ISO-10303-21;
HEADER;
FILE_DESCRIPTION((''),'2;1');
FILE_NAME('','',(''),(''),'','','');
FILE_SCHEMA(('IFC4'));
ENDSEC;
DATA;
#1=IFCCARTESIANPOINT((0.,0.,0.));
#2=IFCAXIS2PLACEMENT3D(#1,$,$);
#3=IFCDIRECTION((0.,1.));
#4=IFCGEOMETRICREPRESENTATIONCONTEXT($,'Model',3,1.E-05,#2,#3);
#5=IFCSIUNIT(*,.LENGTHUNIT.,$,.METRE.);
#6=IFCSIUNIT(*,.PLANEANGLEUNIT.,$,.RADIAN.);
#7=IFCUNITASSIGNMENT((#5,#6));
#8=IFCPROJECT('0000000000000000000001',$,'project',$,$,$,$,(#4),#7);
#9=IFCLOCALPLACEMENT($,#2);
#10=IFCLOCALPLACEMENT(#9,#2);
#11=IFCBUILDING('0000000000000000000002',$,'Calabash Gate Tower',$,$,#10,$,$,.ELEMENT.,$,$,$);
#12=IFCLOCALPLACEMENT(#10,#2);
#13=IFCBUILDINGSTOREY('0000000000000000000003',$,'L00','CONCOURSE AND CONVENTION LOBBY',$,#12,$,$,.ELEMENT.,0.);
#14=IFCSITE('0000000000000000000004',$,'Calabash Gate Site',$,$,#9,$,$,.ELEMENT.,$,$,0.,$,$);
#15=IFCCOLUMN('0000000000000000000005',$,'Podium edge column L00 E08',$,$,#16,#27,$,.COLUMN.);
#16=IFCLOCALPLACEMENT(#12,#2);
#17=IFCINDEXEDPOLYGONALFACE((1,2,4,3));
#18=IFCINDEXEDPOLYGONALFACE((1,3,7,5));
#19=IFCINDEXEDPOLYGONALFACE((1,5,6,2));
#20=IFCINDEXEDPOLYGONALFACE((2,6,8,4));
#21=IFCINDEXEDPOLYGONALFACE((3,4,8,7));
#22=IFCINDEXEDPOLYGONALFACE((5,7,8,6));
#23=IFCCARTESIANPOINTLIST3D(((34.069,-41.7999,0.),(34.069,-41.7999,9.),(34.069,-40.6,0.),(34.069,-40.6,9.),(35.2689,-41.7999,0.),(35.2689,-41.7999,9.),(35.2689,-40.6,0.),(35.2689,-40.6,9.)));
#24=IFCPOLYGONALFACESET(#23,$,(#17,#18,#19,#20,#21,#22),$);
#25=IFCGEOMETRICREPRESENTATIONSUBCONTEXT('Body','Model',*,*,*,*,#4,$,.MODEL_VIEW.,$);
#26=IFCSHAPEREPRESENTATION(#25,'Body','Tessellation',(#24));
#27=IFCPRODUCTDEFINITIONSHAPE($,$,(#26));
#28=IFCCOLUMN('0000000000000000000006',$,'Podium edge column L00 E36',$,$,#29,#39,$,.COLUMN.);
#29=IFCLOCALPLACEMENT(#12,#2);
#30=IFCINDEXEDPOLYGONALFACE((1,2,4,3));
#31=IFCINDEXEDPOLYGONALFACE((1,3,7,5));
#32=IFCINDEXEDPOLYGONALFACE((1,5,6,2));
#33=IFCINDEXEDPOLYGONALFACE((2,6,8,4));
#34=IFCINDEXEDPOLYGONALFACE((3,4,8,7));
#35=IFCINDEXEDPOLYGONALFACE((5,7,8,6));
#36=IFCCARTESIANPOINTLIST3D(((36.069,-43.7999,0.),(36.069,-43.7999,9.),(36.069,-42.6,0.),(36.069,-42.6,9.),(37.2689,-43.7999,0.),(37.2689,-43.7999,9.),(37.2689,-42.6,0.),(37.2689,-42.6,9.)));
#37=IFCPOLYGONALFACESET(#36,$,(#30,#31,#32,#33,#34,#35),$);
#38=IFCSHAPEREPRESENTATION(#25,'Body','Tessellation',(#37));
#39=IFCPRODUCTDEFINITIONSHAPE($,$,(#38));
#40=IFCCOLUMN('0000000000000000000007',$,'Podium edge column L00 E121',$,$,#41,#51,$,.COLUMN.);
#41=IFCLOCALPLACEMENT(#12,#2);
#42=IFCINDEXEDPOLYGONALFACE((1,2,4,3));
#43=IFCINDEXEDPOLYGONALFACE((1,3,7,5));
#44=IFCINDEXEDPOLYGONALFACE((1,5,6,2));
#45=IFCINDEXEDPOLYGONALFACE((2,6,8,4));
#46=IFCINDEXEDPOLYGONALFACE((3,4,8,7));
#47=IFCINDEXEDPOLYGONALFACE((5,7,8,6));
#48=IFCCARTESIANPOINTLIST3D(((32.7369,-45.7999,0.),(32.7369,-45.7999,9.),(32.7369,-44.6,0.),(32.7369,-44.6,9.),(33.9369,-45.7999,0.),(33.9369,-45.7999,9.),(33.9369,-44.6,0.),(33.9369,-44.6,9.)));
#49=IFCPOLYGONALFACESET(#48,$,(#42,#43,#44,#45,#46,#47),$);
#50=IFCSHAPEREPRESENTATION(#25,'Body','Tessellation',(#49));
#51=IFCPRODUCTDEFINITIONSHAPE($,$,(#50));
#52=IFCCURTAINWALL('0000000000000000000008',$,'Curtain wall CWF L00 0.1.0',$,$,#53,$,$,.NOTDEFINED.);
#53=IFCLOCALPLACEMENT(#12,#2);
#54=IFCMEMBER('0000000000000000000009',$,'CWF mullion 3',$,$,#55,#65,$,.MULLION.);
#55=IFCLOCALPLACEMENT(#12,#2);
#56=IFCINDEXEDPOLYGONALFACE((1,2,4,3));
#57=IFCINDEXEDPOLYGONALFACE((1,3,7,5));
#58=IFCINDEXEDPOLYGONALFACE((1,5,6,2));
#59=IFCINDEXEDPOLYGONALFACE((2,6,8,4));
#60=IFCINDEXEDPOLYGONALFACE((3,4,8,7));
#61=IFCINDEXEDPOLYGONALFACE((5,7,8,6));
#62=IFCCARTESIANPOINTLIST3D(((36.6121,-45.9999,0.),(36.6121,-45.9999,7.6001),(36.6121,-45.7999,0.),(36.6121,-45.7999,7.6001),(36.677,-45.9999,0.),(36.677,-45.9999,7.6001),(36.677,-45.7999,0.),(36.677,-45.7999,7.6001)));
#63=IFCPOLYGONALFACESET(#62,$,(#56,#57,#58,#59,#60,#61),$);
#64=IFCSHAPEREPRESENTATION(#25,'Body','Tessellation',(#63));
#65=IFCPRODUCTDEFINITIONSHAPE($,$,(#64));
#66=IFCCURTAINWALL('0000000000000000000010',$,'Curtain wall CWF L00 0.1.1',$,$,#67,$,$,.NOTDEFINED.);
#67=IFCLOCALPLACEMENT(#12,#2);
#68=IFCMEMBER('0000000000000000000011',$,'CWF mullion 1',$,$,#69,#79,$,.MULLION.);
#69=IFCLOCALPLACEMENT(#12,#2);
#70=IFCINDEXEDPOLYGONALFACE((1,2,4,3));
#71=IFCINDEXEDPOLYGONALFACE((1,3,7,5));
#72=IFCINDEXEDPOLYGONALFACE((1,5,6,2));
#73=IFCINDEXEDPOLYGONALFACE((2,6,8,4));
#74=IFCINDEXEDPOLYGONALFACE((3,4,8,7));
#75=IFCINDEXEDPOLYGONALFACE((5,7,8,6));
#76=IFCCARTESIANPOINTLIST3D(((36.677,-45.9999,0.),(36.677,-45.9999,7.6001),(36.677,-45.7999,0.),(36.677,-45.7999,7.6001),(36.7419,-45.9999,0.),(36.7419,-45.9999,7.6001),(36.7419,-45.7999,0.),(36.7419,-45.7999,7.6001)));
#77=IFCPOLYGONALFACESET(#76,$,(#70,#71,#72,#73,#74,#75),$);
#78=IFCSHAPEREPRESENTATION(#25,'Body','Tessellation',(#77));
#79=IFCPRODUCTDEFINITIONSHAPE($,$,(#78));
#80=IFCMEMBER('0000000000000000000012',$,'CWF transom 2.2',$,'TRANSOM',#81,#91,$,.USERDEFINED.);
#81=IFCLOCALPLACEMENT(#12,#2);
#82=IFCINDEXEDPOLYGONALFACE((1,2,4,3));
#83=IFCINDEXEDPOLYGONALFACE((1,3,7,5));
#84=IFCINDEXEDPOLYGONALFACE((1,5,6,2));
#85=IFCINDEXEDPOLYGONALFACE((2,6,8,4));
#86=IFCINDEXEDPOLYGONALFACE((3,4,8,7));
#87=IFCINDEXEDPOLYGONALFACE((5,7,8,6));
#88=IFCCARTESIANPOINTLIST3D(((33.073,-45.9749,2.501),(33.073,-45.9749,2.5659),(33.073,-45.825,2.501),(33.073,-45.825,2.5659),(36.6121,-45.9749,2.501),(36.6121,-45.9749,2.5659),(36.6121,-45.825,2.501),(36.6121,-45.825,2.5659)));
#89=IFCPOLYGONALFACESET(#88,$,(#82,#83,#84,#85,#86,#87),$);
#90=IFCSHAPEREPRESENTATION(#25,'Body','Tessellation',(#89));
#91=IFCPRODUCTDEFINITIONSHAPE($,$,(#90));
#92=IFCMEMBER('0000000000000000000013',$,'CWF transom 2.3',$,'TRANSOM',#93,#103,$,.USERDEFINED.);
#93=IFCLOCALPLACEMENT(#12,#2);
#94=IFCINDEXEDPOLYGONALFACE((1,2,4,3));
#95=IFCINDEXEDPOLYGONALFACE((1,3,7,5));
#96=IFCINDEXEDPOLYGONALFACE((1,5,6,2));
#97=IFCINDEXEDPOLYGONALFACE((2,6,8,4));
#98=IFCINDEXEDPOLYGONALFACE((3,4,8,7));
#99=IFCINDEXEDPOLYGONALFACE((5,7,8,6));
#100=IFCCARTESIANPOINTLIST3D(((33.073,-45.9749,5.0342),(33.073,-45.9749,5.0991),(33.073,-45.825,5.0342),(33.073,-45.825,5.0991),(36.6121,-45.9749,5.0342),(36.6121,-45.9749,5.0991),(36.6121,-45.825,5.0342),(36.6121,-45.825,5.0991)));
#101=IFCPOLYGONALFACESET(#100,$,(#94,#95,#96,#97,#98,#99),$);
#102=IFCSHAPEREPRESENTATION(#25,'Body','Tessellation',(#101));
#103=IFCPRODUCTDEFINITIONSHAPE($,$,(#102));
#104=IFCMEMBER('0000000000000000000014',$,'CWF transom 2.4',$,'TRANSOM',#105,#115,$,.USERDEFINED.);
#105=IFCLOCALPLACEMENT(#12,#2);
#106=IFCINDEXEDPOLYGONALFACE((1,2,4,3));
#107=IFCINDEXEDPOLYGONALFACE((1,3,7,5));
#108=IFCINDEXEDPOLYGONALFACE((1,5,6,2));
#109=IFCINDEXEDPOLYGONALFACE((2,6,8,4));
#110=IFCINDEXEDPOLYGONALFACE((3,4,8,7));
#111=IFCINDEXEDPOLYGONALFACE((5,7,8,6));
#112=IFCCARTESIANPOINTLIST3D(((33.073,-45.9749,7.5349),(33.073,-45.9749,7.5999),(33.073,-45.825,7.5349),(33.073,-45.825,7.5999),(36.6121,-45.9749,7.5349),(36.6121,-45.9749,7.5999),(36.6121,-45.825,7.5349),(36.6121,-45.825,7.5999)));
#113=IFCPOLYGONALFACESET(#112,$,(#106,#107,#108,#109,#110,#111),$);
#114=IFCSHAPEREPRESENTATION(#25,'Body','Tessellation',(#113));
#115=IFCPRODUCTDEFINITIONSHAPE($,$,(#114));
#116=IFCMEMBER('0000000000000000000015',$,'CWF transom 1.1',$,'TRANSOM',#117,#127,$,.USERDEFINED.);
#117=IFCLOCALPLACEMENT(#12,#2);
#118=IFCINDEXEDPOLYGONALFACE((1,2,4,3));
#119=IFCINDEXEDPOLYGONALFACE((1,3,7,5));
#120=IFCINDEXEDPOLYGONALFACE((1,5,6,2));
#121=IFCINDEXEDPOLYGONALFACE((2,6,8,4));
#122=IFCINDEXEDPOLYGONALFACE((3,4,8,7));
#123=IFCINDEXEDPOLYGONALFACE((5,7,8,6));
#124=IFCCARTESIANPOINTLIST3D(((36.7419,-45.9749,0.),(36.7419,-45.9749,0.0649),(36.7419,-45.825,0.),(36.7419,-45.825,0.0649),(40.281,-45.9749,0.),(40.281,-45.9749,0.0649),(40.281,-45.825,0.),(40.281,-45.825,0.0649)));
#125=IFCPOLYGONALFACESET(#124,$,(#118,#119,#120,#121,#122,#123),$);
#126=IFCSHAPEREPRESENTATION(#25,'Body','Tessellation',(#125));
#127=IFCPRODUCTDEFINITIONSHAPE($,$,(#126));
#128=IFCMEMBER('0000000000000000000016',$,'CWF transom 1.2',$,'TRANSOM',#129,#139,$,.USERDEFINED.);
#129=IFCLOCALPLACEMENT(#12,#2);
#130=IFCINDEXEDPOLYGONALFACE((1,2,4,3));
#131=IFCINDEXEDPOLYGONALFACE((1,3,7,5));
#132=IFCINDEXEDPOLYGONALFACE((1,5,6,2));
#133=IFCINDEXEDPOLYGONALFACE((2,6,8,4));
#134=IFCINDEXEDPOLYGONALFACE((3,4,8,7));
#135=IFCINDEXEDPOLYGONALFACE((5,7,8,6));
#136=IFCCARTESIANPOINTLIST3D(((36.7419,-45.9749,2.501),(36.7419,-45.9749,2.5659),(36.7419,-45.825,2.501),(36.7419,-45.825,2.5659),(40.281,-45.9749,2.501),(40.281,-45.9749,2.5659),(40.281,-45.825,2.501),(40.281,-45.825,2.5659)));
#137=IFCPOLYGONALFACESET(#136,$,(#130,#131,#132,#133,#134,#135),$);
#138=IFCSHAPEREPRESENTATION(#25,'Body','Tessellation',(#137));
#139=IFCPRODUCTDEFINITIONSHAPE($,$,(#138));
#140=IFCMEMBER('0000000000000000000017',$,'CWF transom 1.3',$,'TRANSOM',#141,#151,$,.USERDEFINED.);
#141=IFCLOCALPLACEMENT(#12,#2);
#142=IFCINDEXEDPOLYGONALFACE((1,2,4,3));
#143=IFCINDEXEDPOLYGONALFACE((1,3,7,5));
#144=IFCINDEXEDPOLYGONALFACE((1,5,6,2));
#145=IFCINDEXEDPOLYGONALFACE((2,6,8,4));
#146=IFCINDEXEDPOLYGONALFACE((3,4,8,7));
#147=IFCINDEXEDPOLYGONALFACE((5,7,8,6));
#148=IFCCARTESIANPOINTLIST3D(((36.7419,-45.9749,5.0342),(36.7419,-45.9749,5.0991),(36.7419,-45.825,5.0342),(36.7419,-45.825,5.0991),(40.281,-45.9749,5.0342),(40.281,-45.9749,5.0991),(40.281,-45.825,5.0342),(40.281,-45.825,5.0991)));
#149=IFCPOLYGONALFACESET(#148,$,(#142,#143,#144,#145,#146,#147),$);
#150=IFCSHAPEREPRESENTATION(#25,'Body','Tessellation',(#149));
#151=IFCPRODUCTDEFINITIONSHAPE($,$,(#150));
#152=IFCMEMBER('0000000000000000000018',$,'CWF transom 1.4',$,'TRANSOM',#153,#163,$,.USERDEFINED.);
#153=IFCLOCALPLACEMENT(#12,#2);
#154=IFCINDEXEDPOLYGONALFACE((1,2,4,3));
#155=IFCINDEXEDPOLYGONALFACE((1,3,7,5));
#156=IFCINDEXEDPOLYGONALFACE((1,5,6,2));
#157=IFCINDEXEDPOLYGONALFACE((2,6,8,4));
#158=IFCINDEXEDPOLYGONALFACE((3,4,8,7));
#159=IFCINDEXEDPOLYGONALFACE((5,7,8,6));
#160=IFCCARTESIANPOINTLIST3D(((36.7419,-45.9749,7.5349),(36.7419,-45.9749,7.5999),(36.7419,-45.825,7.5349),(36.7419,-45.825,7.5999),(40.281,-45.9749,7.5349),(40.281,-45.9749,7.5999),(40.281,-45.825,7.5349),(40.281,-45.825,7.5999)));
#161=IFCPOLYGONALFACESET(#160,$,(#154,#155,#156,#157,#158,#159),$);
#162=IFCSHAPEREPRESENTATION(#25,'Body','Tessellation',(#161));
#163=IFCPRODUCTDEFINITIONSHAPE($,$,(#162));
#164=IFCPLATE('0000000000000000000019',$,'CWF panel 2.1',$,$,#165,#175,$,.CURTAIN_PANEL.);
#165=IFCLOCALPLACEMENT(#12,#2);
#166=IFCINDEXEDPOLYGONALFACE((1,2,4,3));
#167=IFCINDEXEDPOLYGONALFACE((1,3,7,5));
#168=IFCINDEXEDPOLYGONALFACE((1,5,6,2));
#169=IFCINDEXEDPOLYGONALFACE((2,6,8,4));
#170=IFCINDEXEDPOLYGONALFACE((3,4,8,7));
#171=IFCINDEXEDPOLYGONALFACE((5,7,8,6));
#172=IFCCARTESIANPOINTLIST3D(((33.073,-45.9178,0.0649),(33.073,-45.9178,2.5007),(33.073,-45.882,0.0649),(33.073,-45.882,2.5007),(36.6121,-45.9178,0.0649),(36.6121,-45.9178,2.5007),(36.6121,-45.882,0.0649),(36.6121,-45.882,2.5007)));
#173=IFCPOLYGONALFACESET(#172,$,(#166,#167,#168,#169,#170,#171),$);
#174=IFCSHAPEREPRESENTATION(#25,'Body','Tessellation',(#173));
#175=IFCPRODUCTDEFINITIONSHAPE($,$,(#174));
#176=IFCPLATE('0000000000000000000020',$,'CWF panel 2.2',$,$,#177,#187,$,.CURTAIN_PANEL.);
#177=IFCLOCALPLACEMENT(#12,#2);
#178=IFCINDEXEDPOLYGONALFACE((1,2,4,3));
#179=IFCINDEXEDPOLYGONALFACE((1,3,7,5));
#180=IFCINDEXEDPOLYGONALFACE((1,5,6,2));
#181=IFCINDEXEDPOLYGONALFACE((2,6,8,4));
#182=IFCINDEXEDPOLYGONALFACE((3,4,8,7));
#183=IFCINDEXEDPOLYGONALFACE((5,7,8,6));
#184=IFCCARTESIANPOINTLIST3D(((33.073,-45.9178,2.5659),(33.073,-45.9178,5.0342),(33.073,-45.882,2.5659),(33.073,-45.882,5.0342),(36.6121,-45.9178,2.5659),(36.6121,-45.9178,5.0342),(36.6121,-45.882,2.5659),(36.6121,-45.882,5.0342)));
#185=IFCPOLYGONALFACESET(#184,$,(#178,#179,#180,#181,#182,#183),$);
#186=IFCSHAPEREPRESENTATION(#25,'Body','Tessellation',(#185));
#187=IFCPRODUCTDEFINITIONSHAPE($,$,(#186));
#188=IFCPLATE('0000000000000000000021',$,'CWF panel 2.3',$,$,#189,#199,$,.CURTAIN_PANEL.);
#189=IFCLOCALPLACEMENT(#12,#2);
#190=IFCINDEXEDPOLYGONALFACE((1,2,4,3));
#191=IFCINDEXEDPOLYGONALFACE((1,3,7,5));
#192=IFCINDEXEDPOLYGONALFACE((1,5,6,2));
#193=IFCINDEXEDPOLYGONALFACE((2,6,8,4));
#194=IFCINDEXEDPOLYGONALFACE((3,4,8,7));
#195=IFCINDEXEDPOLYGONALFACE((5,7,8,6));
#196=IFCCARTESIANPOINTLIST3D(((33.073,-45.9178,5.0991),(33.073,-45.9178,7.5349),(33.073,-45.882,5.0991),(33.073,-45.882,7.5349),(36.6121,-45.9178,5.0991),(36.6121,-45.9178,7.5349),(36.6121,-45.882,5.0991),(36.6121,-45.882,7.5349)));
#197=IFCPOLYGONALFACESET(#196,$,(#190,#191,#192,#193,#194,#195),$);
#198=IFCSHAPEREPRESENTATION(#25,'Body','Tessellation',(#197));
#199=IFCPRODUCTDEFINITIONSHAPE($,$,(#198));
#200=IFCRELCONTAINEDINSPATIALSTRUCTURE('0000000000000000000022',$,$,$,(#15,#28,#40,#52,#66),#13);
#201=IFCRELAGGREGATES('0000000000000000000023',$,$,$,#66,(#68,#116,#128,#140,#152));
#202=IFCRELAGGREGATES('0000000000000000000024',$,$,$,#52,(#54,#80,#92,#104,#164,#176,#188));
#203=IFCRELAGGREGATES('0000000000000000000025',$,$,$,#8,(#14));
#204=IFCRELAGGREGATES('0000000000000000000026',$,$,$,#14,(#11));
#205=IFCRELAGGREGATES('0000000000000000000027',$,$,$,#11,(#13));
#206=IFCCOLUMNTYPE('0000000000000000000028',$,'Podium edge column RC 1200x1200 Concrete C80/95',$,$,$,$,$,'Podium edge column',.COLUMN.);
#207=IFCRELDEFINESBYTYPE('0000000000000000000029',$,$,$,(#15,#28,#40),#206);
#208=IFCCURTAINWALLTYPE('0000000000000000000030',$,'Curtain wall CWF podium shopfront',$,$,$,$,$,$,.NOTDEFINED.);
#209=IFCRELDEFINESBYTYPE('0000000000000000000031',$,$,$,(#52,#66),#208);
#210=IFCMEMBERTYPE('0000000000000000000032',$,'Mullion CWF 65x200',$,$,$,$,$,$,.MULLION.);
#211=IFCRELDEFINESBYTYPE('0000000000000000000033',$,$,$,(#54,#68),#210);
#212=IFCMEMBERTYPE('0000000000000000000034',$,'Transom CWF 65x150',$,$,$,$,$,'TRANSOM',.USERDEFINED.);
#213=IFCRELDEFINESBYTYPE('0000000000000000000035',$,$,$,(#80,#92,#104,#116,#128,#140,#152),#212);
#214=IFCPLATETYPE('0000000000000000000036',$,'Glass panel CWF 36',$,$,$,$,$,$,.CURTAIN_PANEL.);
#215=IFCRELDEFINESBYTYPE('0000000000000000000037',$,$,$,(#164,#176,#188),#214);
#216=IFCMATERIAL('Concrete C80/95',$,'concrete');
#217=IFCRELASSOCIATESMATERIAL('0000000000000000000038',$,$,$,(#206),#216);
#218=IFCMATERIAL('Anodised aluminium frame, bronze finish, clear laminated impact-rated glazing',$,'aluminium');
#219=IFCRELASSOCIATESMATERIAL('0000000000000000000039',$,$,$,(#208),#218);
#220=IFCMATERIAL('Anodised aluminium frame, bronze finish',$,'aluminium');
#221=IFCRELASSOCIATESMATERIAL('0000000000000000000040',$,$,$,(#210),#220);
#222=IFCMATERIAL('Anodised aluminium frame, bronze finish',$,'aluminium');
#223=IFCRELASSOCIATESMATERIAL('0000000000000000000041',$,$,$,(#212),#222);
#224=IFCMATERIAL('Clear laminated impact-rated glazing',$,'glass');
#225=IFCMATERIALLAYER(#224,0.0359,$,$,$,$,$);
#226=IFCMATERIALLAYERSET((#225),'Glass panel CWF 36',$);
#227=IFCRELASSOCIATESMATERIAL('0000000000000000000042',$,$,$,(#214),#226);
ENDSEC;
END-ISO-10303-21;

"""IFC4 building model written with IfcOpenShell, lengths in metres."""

from ifc_helpers import new_model, si_unit, direction, frame, origin, origin_2d, place, context, subcontext, project, spatial, rectangle, extrude, material, layer, layer_set, material_profile, profile_set, type_object, element, aggregate, save


model = new_model("IFC4")

# Units and contexts
model_context = context("Model", 3, precision=1e-05, world=origin(), true_north=direction((0.0, 1.0)))
body_context = subcontext(model_context, "Body", "Model", "MODEL_VIEW")
ifc_project = project(units=[si_unit("LENGTHUNIT", "METRE"), si_unit("PLANEANGLEUNIT", "RADIAN")], contexts=[model_context])

# Site, building, storey
site_placement = place(None, origin())
site = spatial("IfcSite", under=ifc_project, at=site_placement, Name="Calabash Gate Site", CompositionType="ELEMENT", RefElevation=0.0)
building_placement = place(site_placement, origin())
building = spatial("IfcBuilding", under=site, at=building_placement, Name="Calabash Gate Tower", CompositionType="ELEMENT")
storey_placement = place(building_placement, origin())
storey = spatial("IfcBuildingStorey", under=building, at=storey_placement, Name="L00", Description="CONCOURSE AND CONVENTION LOBBY", CompositionType="ELEMENT", Elevation=0.0)

# Columns
ifc_material_1 = material(Name="Concrete C80/95", Category="concrete")
ifc_material_profile_1 = material_profile(ifc_material_1, rectangle(XDim=1.2, YDim=1.2, at=origin_2d()))
ifc_profile_set_1 = profile_set([ifc_material_profile_1], Name="Concrete C80/95")
column_type = type_object("IfcColumnType", Name="Podium edge column RC 1200x1200 Concrete C80/95", ElementType="Podium edge column", PredefinedType="COLUMN", material=ifc_profile_set_1)
for number, where, z_axis, x_axis, name in (
    (1, (34.6689, -41.2, 0.0), (0.0, 0.0, 1.0), (1.0, 0.0, 0.0), "Podium edge column L00 E08"),
    (2, (36.6689, -43.2, 0.0), (0.0, 0.0, 1.0), (1.0, 0.0, 0.0), "Podium edge column L00 E36"),
    (3, (33.3369, -45.2, 0.0), (0.0, 0.0, 1.0), (1.0, 0.0, 0.0), "Podium edge column L00 E121"),
):
    element("IfcColumn", number, at=place(storey_placement, frame(where, z_axis=z_axis, x_axis=x_axis)), inside=storey, type_object=column_type, Name=name, PredefinedType="COLUMN", context=body_context, shape_type="SweptSolid", body=[
        extrude(rectangle(XDim=1.2, YDim=1.2, at=origin_2d()), origin(), (0.0, 0.0, 1.0), 9.0),
    ])

# Curtain walls, members
ifc_material_2 = material(Name="Anodised aluminium frame, bronze finish, clear laminated impact-rated glazing", Category="aluminium")
curtain_wall_type = type_object("IfcCurtainWallType", Name="Curtain wall CWF podium shopfront", PredefinedType="NOTDEFINED", material=ifc_material_2)
curtain_wall_1_placement = place(storey_placement, origin())
curtain_wall_1 = element("IfcCurtainWall", 4, at=curtain_wall_1_placement, inside=storey, type_object=curtain_wall_type, Name="Curtain wall CWF L00 0.1.0", PredefinedType="NOTDEFINED")
ifc_material_3 = material(Name="Anodised aluminium frame, bronze finish", Category="aluminium")
ifc_material_profile_2 = material_profile(ifc_material_3, rectangle(XDim=0.2, YDim=0.0649, at=origin_2d()))
ifc_profile_set_2 = profile_set([ifc_material_profile_2], Name="Anodised aluminium frame, bronze finish")
member_type_1 = type_object("IfcMemberType", Name="Mullion CWF 65x200", PredefinedType="MULLION", material=ifc_profile_set_2)
member_1_placement = place(storey_placement, frame((36.6445, -45.8999, 0.0), z_axis=(0.0, 0.0, 1.0), x_axis=(0.0, 1.0, 0.0)))
member_1 = element("IfcMember", 5, at=member_1_placement, type_object=member_type_1, Name="CWF mullion 3", PredefinedType="MULLION", context=body_context, shape_type="SweptSolid", body=[
    extrude(rectangle(XDim=0.2, YDim=0.0649, at=origin_2d()), origin(), (0.0, 0.0, 1.0), 7.6001),
])
curtain_wall_2_placement = place(storey_placement, origin())
curtain_wall_2 = element("IfcCurtainWall", 6, at=curtain_wall_2_placement, inside=storey, type_object=curtain_wall_type, Name="Curtain wall CWF L00 0.1.1", PredefinedType="NOTDEFINED")
member_2_placement = place(storey_placement, frame((36.7095, -45.8999, 0.0), z_axis=(0.0, 0.0, 1.0), x_axis=(0.0, 1.0, 0.0)))
member_2 = element("IfcMember", 7, at=member_2_placement, type_object=member_type_1, Name="CWF mullion 1", PredefinedType="MULLION", context=body_context, shape_type="SweptSolid", body=[
    extrude(rectangle(XDim=0.2, YDim=0.0649, at=origin_2d()), origin(), (0.0, 0.0, 1.0), 7.6001),
])

# Members
ifc_material_4 = material(Name="Anodised aluminium frame, bronze finish", Category="aluminium")
ifc_material_profile_3 = material_profile(ifc_material_4, rectangle(XDim=0.1499, YDim=0.0649, at=origin_2d()))
ifc_profile_set_3 = profile_set([ifc_material_profile_3], Name="Anodised aluminium frame, bronze finish")
member_type_2 = type_object("IfcMemberType", Name="Transom CWF 65x150", ElementType="TRANSOM", PredefinedType="USERDEFINED", material=ifc_profile_set_3)
member_3_placement = place(storey_placement, frame((33.073, -45.8999, 2.5334), z_axis=(1.0, 0.0, 0.0), x_axis=(0.0, 1.0, 0.0)))
member_3 = element("IfcMember", 8, at=member_3_placement, type_object=member_type_2, Name="CWF transom 2.2", ObjectType="TRANSOM", PredefinedType="USERDEFINED", context=body_context, shape_type="SweptSolid", body=[
    extrude(rectangle(XDim=0.1499, YDim=0.0649, at=origin_2d()), origin(), (0.0, 0.0, 1.0), 3.5391),
])
member_4_placement = place(storey_placement, frame((33.073, -45.8999, 5.0667), z_axis=(1.0, 0.0, 0.0), x_axis=(0.0, 1.0, 0.0)))
member_4 = element("IfcMember", 9, at=member_4_placement, type_object=member_type_2, Name="CWF transom 2.3", ObjectType="TRANSOM", PredefinedType="USERDEFINED", context=body_context, shape_type="SweptSolid", body=[
    extrude(rectangle(XDim=0.1499, YDim=0.0649, at=origin_2d()), origin(), (0.0, 0.0, 1.0), 3.5391),
])
member_5_placement = place(storey_placement, frame((33.073, -45.8999, 7.5674), z_axis=(1.0, 0.0, 0.0), x_axis=(0.0, 1.0, 0.0)))
member_5 = element("IfcMember", 10, at=member_5_placement, type_object=member_type_2, Name="CWF transom 2.4", ObjectType="TRANSOM", PredefinedType="USERDEFINED", context=body_context, shape_type="SweptSolid", body=[
    extrude(rectangle(XDim=0.1499, YDim=0.0649, at=origin_2d()), origin(), (0.0, 0.0, 1.0), 3.5391),
])
member_6_placement = place(storey_placement, frame((36.7419, -45.8999, 0.0325), z_axis=(1.0, 0.0, 0.0), x_axis=(0.0, 1.0, 0.0)))
member_6 = element("IfcMember", 11, at=member_6_placement, type_object=member_type_2, Name="CWF transom 1.1", ObjectType="TRANSOM", PredefinedType="USERDEFINED", context=body_context, shape_type="SweptSolid", body=[
    extrude(rectangle(XDim=0.1499, YDim=0.0649, at=origin_2d()), origin(), (0.0, 0.0, 1.0), 3.5391),
])
member_7_placement = place(storey_placement, frame((36.7419, -45.8999, 2.5334), z_axis=(1.0, 0.0, 0.0), x_axis=(0.0, 1.0, 0.0)))
member_7 = element("IfcMember", 12, at=member_7_placement, type_object=member_type_2, Name="CWF transom 1.2", ObjectType="TRANSOM", PredefinedType="USERDEFINED", context=body_context, shape_type="SweptSolid", body=[
    extrude(rectangle(XDim=0.1499, YDim=0.0649, at=origin_2d()), origin(), (0.0, 0.0, 1.0), 3.5391),
])
member_8_placement = place(storey_placement, frame((36.7419, -45.8999, 5.0667), z_axis=(1.0, 0.0, 0.0), x_axis=(0.0, 1.0, 0.0)))
member_8 = element("IfcMember", 13, at=member_8_placement, type_object=member_type_2, Name="CWF transom 1.3", ObjectType="TRANSOM", PredefinedType="USERDEFINED", context=body_context, shape_type="SweptSolid", body=[
    extrude(rectangle(XDim=0.1499, YDim=0.0649, at=origin_2d()), origin(), (0.0, 0.0, 1.0), 3.5391),
])
member_9_placement = place(storey_placement, frame((36.7419, -45.8999, 7.5674), z_axis=(1.0, 0.0, 0.0), x_axis=(0.0, 1.0, 0.0)))
member_9 = element("IfcMember", 14, at=member_9_placement, type_object=member_type_2, Name="CWF transom 1.4", ObjectType="TRANSOM", PredefinedType="USERDEFINED", context=body_context, shape_type="SweptSolid", body=[
    extrude(rectangle(XDim=0.1499, YDim=0.0649, at=origin_2d()), origin(), (0.0, 0.0, 1.0), 3.5391),
])
aggregate(curtain_wall_2, [member_2, member_6, member_7, member_8, member_9])

# Plates
ifc_material_5 = material(Name="Clear laminated impact-rated glazing", Category="glass")
ifc_layer_1 = layer(ifc_material_5, 0.0359)
ifc_layer_set_1 = layer_set([ifc_layer_1], Name="Glass panel CWF 36")
plate_type = type_object("IfcPlateType", Name="Glass panel CWF 36", PredefinedType="CURTAIN_PANEL", material=ifc_layer_set_1)
plate_1_placement = place(storey_placement, frame((34.8425, -45.8999, 0.0649), z_axis=(0.0, 0.0, 1.0), x_axis=(1.0, 0.0, 0.0)))
plate_1 = element("IfcPlate", 15, at=plate_1_placement, type_object=plate_type, Name="CWF panel 2.1", PredefinedType="CURTAIN_PANEL", context=body_context, shape_type="SweptSolid", body=[
    extrude(rectangle(XDim=3.5391, YDim=0.0359, at=origin_2d()), origin(), (0.0, 0.0, 1.0), 2.4358),
])
plate_2_placement = place(storey_placement, frame((34.8425, -45.8999, 2.5659), z_axis=(0.0, 0.0, 1.0), x_axis=(1.0, 0.0, 0.0)))
plate_2 = element("IfcPlate", 16, at=plate_2_placement, type_object=plate_type, Name="CWF panel 2.2", PredefinedType="CURTAIN_PANEL", context=body_context, shape_type="SweptSolid", body=[
    extrude(rectangle(XDim=3.5391, YDim=0.0359, at=origin_2d()), origin(), (0.0, 0.0, 1.0), 2.4683),
])
plate_3_placement = place(storey_placement, frame((34.8425, -45.8999, 5.0991), z_axis=(0.0, 0.0, 1.0), x_axis=(1.0, 0.0, 0.0)))
plate_3 = element("IfcPlate", 17, at=plate_3_placement, type_object=plate_type, Name="CWF panel 2.3", PredefinedType="CURTAIN_PANEL", context=body_context, shape_type="SweptSolid", body=[
    extrude(rectangle(XDim=3.5391, YDim=0.0359, at=origin_2d()), origin(), (0.0, 0.0, 1.0), 2.4358),
])
aggregate(curtain_wall_1, [member_1, member_3, member_4, member_5, plate_1, plate_2, plate_3])

save(model, "model.ifc")
